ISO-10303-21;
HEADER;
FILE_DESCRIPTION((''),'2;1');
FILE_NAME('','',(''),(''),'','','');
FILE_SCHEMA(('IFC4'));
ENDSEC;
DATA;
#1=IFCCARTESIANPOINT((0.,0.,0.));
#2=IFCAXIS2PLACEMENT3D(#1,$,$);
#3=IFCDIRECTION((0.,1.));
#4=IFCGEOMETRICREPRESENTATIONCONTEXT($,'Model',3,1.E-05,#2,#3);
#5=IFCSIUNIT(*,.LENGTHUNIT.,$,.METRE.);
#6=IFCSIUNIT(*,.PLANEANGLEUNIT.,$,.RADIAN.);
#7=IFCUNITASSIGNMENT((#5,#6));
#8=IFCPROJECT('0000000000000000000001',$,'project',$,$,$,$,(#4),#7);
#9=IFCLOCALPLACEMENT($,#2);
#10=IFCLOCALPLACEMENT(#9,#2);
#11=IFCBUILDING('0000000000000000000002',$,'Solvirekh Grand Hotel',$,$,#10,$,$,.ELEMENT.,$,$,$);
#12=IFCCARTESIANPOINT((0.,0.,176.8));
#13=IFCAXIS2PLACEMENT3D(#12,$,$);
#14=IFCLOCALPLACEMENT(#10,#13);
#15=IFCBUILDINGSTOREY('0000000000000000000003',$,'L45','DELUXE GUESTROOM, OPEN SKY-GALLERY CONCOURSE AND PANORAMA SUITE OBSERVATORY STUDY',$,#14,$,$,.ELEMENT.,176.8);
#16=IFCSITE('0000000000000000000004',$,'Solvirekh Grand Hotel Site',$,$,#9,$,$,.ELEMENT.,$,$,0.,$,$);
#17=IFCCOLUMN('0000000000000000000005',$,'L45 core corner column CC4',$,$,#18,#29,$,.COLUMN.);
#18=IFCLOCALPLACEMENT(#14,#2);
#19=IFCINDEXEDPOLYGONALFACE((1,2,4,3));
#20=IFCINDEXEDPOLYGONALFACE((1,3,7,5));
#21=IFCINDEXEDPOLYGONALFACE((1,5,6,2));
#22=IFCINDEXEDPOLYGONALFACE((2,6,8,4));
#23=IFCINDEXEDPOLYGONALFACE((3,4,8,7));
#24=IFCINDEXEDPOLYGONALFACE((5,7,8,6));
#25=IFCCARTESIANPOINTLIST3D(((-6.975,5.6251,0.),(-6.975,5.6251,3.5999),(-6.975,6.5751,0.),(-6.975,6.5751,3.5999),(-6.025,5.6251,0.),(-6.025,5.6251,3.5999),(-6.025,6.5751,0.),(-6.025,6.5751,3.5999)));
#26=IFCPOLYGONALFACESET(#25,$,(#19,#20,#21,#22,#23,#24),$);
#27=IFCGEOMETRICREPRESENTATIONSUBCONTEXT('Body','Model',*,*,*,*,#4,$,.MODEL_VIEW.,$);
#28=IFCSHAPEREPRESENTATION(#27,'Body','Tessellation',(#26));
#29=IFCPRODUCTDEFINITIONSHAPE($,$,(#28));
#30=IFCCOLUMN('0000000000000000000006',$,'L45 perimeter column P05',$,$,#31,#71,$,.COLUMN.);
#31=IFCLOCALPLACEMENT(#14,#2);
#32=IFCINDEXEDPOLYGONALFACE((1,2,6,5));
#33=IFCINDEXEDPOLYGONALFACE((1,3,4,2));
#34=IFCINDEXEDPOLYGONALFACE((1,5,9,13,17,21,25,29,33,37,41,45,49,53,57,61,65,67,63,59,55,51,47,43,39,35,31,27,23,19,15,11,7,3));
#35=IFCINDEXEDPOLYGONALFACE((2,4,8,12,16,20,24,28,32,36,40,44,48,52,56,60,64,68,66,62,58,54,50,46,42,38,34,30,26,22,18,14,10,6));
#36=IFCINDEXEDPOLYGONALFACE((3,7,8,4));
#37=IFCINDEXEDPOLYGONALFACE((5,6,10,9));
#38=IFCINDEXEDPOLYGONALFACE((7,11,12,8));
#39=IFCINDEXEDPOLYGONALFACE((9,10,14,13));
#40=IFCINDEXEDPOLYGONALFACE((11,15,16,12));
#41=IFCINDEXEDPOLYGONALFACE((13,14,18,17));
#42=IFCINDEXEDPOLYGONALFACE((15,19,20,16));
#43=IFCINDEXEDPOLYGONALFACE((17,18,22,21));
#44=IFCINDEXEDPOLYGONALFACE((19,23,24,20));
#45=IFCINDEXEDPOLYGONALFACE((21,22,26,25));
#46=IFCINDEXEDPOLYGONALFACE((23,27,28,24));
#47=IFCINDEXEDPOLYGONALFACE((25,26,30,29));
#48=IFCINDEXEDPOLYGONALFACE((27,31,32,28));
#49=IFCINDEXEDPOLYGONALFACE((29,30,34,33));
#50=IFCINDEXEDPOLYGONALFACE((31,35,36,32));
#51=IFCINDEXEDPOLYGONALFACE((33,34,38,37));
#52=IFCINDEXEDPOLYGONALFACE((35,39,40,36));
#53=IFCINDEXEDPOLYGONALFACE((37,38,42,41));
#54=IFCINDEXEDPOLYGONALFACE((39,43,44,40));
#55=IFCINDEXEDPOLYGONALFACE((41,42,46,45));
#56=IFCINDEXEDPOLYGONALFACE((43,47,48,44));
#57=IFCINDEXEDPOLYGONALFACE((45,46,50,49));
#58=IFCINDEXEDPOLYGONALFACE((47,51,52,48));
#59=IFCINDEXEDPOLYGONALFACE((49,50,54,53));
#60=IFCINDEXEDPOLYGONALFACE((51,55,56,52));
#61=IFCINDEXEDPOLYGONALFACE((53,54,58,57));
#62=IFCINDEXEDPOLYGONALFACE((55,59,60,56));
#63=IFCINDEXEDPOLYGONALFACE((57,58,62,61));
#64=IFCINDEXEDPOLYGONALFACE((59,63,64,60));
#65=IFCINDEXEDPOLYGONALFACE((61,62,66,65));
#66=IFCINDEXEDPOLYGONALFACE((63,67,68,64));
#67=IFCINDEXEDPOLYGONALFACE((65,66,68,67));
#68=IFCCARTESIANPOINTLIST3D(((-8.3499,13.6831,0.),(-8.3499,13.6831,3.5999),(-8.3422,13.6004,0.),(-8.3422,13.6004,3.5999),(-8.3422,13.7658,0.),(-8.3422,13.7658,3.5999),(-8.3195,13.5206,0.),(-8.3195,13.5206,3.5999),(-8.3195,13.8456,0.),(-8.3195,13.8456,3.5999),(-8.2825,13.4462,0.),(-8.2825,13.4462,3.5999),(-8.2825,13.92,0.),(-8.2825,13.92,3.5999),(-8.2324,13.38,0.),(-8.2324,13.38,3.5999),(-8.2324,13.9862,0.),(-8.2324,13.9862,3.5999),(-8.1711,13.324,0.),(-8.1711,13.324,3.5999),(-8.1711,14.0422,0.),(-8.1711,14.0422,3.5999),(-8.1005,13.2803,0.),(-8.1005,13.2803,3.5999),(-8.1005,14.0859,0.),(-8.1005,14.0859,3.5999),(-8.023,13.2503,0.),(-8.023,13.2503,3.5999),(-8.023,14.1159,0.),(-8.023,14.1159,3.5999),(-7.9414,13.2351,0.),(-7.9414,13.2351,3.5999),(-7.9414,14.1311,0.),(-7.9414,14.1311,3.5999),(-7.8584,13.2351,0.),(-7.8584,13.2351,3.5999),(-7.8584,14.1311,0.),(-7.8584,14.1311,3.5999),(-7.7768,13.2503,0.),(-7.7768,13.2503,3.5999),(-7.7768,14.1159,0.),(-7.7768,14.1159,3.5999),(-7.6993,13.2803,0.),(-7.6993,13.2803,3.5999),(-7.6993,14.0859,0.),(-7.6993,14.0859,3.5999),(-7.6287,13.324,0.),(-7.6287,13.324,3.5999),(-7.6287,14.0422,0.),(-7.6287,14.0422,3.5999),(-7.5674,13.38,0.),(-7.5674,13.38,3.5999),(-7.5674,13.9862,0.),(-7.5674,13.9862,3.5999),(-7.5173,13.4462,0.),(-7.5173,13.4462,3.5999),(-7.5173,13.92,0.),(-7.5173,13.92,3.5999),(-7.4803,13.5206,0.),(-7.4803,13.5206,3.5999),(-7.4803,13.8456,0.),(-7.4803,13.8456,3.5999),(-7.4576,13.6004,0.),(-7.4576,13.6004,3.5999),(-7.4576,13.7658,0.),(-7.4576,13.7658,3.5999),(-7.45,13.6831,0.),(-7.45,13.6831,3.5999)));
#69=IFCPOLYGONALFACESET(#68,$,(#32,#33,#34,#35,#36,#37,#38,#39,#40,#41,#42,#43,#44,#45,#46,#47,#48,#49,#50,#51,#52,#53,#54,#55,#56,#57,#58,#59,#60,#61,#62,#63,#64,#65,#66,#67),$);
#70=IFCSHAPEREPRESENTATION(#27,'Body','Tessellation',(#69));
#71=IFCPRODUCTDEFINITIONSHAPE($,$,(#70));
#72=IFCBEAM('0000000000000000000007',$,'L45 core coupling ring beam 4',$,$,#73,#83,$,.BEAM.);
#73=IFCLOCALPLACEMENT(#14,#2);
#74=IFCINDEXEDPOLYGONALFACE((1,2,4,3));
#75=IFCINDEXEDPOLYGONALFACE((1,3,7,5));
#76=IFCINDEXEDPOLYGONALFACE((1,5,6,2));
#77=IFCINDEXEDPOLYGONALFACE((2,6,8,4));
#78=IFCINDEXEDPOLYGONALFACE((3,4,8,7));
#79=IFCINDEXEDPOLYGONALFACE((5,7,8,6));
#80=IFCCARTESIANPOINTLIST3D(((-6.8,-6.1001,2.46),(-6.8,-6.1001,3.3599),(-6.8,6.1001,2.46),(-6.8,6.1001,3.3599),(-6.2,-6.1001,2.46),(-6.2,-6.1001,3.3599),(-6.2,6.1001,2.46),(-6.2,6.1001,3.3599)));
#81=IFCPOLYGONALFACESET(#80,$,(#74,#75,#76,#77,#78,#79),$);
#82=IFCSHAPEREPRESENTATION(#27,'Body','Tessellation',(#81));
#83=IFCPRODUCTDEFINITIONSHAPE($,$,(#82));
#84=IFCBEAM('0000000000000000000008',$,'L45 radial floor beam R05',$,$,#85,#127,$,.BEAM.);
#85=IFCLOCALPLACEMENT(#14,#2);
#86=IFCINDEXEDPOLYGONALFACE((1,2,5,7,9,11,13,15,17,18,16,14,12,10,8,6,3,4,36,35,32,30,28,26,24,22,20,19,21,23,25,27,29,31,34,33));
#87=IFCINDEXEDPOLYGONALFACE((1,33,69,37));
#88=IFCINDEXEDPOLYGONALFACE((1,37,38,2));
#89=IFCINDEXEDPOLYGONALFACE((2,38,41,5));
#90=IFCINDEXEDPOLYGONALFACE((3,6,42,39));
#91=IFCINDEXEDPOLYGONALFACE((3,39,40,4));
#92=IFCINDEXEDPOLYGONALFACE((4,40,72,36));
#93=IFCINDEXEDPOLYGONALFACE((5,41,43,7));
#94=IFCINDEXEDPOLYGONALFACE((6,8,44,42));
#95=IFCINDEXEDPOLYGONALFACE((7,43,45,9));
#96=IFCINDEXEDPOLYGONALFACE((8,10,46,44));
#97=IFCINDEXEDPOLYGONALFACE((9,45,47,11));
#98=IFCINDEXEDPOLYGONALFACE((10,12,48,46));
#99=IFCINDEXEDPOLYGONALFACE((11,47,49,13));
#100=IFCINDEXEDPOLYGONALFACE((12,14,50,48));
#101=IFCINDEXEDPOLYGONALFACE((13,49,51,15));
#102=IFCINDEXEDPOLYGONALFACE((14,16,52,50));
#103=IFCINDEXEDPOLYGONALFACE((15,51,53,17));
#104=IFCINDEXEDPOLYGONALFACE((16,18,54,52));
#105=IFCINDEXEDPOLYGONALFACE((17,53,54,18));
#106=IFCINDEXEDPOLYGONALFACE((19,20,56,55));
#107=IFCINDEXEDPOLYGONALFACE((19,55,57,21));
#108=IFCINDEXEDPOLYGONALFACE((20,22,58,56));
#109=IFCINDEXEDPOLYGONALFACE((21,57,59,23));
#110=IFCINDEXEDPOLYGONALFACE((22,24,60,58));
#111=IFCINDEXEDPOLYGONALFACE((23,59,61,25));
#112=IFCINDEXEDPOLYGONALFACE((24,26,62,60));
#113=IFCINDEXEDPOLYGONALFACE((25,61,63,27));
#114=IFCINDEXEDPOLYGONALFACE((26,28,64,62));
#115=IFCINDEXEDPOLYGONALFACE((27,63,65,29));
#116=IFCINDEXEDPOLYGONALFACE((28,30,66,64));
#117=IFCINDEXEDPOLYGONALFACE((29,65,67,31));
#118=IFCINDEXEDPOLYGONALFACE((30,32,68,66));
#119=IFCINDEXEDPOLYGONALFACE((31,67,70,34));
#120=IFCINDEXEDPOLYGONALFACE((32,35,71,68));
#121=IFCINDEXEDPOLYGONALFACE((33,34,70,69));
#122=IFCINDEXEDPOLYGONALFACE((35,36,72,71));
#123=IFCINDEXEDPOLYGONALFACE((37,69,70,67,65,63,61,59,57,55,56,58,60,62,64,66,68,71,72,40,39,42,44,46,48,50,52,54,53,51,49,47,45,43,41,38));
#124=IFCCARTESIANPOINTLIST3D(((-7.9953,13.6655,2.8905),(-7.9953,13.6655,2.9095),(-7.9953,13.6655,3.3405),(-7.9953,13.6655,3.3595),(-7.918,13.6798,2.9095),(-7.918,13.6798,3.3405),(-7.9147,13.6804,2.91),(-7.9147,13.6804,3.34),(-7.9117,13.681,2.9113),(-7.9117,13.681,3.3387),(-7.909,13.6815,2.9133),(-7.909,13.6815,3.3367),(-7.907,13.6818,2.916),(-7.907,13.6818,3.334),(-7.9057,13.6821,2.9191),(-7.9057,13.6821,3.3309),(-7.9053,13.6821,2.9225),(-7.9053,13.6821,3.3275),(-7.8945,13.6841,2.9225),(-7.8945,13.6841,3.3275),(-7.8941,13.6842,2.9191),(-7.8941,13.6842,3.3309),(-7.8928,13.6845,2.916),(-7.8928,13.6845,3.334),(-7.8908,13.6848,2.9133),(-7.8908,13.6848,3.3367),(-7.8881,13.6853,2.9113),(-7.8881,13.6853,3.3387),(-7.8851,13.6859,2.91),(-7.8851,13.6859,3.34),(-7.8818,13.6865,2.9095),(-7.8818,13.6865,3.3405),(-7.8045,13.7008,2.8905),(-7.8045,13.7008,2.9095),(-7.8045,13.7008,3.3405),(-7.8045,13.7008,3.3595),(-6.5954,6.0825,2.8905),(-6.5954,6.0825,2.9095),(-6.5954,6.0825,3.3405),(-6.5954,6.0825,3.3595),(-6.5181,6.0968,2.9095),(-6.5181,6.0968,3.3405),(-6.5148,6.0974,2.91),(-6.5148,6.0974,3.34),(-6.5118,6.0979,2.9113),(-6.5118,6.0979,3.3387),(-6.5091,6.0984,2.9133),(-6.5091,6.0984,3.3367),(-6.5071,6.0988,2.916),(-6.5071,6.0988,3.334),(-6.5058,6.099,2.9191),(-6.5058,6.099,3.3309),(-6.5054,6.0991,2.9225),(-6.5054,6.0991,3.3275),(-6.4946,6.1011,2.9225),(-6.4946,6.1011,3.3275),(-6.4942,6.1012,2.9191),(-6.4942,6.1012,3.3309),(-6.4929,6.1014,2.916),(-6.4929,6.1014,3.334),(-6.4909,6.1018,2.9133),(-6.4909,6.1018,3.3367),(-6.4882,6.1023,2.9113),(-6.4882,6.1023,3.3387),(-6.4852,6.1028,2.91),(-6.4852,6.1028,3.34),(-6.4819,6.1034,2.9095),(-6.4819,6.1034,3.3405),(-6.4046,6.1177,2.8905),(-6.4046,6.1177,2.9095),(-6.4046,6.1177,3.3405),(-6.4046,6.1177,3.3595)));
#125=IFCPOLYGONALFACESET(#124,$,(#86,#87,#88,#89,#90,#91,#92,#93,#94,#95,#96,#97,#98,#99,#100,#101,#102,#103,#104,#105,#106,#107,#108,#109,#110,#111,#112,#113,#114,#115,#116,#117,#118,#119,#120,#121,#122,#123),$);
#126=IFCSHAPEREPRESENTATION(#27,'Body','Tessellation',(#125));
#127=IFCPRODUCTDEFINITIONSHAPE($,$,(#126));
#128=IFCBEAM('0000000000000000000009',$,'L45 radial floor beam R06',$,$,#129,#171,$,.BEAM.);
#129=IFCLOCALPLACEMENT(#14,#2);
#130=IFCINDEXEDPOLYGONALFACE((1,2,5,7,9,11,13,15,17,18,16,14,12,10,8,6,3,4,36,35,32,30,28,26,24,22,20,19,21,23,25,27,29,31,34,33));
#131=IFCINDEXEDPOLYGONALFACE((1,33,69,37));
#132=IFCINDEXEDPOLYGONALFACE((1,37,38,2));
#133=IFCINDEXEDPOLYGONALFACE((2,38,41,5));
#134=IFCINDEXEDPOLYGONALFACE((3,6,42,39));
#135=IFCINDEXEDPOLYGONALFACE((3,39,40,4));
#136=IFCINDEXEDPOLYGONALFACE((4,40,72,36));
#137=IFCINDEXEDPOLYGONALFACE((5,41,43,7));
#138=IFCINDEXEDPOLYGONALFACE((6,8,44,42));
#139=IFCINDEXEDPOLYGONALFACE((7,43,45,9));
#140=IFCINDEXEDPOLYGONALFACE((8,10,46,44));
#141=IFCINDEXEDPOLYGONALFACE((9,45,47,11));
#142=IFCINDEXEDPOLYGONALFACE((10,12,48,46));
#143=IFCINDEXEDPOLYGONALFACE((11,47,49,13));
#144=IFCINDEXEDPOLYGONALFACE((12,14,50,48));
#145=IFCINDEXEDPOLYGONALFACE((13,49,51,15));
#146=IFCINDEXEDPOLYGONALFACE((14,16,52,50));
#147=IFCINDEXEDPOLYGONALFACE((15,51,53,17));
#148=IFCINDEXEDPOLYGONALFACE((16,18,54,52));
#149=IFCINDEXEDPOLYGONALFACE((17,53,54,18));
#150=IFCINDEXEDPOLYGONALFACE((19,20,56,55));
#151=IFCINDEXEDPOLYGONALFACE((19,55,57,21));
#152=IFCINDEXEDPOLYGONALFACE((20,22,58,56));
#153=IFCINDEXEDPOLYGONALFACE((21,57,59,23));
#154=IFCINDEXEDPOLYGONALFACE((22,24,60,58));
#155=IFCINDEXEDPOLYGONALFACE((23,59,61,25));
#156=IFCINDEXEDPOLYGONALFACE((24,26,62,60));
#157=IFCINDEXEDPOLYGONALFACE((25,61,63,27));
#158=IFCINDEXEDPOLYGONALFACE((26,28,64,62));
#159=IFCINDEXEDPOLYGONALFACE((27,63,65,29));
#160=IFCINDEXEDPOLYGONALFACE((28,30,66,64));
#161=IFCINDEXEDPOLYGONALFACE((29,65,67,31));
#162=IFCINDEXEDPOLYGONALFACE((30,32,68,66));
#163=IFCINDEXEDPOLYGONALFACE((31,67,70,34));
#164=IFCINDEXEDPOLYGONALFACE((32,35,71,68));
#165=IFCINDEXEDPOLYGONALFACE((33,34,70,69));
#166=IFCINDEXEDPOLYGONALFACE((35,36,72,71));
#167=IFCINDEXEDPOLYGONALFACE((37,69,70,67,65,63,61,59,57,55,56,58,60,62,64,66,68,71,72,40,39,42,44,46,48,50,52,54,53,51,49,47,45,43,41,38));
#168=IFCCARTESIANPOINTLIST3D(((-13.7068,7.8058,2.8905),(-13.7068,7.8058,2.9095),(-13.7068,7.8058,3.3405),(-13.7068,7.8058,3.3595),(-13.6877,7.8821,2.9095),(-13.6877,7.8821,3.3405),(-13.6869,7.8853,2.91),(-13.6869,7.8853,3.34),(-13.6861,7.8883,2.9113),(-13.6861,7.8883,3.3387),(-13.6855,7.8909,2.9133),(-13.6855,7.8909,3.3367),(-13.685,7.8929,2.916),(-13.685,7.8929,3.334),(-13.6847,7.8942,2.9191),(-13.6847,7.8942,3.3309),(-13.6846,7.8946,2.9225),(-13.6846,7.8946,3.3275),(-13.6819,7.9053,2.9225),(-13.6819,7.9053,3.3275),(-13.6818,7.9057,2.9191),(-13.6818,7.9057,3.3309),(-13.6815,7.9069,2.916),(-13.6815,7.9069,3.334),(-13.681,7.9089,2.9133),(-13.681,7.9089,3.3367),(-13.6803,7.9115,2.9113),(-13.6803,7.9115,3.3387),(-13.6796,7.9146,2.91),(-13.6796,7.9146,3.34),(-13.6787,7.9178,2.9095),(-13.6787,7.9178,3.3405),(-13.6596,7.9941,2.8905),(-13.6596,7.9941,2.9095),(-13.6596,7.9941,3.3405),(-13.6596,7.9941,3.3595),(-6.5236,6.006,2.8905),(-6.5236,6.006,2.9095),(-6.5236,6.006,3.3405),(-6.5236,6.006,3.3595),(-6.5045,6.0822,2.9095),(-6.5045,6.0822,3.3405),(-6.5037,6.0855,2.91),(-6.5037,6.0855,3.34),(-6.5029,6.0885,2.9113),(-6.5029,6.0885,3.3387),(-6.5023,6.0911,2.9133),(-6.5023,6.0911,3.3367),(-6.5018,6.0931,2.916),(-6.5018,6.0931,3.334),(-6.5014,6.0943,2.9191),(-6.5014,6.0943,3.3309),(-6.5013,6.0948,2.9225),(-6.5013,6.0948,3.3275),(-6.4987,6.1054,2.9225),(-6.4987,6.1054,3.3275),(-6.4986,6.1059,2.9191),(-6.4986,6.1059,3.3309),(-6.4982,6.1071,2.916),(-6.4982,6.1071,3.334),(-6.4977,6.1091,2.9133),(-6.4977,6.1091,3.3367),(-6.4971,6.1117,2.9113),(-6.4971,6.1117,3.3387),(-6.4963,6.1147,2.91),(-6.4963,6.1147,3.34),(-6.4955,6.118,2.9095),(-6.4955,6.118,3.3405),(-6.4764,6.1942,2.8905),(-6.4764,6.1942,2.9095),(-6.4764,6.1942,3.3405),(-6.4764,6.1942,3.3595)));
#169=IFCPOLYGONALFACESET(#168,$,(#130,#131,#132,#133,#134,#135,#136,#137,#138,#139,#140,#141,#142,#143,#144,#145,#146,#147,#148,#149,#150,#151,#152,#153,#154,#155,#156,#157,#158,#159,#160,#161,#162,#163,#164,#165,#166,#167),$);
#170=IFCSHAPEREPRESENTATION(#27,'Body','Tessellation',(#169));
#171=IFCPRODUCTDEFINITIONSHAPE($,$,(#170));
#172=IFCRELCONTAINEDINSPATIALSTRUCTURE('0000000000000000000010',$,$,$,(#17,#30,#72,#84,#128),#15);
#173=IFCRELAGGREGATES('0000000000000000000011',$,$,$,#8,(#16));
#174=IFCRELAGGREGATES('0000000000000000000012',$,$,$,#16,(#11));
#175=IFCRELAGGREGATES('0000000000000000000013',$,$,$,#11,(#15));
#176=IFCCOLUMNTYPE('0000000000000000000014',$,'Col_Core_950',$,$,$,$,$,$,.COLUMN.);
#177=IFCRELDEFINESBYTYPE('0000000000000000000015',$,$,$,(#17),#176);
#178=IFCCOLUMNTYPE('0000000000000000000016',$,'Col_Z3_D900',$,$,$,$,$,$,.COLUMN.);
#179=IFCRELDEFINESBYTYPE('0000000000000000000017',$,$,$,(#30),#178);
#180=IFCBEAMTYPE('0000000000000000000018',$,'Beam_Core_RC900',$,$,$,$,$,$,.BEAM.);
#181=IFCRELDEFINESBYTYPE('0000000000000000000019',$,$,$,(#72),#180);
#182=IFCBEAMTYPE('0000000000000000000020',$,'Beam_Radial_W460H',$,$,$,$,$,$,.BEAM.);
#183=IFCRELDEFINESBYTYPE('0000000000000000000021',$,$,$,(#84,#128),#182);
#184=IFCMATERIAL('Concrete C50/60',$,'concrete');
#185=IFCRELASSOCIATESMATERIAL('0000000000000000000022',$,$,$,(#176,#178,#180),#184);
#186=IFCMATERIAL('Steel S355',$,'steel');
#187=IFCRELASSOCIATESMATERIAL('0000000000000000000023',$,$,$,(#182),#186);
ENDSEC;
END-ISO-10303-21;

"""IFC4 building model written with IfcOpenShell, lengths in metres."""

from ifc_helpers import new_model, si_unit, direction, frame, origin, origin_2d, place, context, subcontext, project, spatial, rectangle, circle, i_section, extrude, material, material_profile, profile_set, type_object, element, save


model = new_model("IFC4")

# Units and contexts
model_context = context("Model", 3, precision=1e-05, world=origin(), true_north=direction((0.0, 1.0)))
body_context = subcontext(model_context, "Body", "Model", "MODEL_VIEW")
ifc_project = project(units=[si_unit("LENGTHUNIT", "METRE"), si_unit("PLANEANGLEUNIT", "RADIAN")], contexts=[model_context])

# Site, building, storey
site_placement = place(None, origin())
site = spatial("IfcSite", under=ifc_project, at=site_placement, Name="Solvirekh Grand Hotel Site", CompositionType="ELEMENT", RefElevation=0.0)
building_placement = place(site_placement, origin())
building = spatial("IfcBuilding", under=site, at=building_placement, Name="Solvirekh Grand Hotel", CompositionType="ELEMENT")
storey_placement = place(building_placement, frame((0.0, 0.0, 176.8)))
storey = spatial("IfcBuildingStorey", under=building, at=storey_placement, Name="L45", Description="DELUXE GUESTROOM, OPEN SKY-GALLERY CONCOURSE AND PANORAMA SUITE OBSERVATORY STUDY", CompositionType="ELEMENT", Elevation=176.8)

# Columns
ifc_material_1 = material(Name="Concrete C50/60", Category="concrete")
ifc_material_profile_1 = material_profile(ifc_material_1, rectangle(XDim=0.95, YDim=0.95, at=origin_2d()), Name="RC 950X950")
ifc_profile_set_1 = profile_set([ifc_material_profile_1], Name="Concrete C50/60")
column_type_1 = type_object("IfcColumnType", Name="Col_Core_950", PredefinedType="COLUMN", material=ifc_profile_set_1)
column_1_placement = place(storey_placement, frame((-6.5, 6.1001, 0.0), z_axis=(0.0, 0.0, 1.0), x_axis=(1.0, 0.0, 0.0)))
element("IfcColumn", 1, at=column_1_placement, inside=storey, type_object=column_type_1, Name="L45 core corner column CC4", PredefinedType="COLUMN", context=body_context, shape_type="SweptSolid", body=[
    extrude(rectangle(XDim=0.95, YDim=0.95, at=origin_2d()), origin(), (0.0, 0.0, 1.0), 3.5999),
])
ifc_material_profile_2 = material_profile(ifc_material_1, circle(Radius=0.45, at=origin_2d()), Name="RC CIRC D900")
ifc_profile_set_2 = profile_set([ifc_material_profile_2], Name="Concrete C50/60")
column_type_2 = type_object("IfcColumnType", Name="Col_Z3_D900", PredefinedType="COLUMN", material=ifc_profile_set_2)
column_2_placement = place(storey_placement, frame((-7.8999, 13.6831, 0.0), z_axis=(0.0, 0.0, 1.0), x_axis=(1.0, 0.0, 0.0)))
element("IfcColumn", 2, at=column_2_placement, inside=storey, type_object=column_type_2, Name="L45 perimeter column P05", PredefinedType="COLUMN", context=body_context, shape_type="SweptSolid", body=[
    extrude(circle(Radius=0.45, at=origin_2d()), origin(), (0.0, 0.0, 1.0), 3.5999),
])

# Beams
ifc_material_profile_3 = material_profile(ifc_material_1, rectangle(XDim=0.6001, YDim=0.8999, at=origin_2d()), Name="RC BEAM 600X900")
ifc_profile_set_3 = profile_set([ifc_material_profile_3], Name="Concrete C50/60")
beam_type_1 = type_object("IfcBeamType", Name="Beam_Core_RC900", PredefinedType="BEAM", material=ifc_profile_set_3)
beam_1_placement = place(storey_placement, frame((-6.5, 6.1001, 2.9099), z_axis=(0.0, -1.0, 0.0), x_axis=(1.0, 0.0, 0.0)))
element("IfcBeam", 3, at=beam_1_placement, inside=storey, type_object=beam_type_1, Name="L45 core coupling ring beam 4", PredefinedType="BEAM", context=body_context, shape_type="SweptSolid", body=[
    extrude(rectangle(XDim=0.6001, YDim=0.8999, at=origin_2d()), origin(), (0.0, 0.0, 1.0), 12.2002),
])
ifc_material_2 = material(Name="Steel S355", Category="steel")
ifc_material_profile_4 = material_profile(ifc_material_2, i_section(OverallWidth=0.1941, OverallDepth=0.469, WebThickness=0.011, FlangeThickness=0.019, FilletRadius=0.0129, at=origin_2d()), Name="W460X106")
ifc_profile_set_4 = profile_set([ifc_material_profile_4], Name="Steel S355")
beam_type_2 = type_object("IfcBeamType", Name="Beam_Radial_W460H", PredefinedType="BEAM", material=ifc_profile_set_4)
beam_2_placement = place(storey_placement, frame((-6.5, 6.1001, 3.125), z_axis=(-0.181543, 0.983383, 0.0), x_axis=(-0.983383, -0.181543, 0.0)))
element("IfcBeam", 4, at=beam_2_placement, inside=storey, type_object=beam_type_2, Name="L45 radial floor beam R05", PredefinedType="BEAM", context=body_context, shape_type="SweptSolid", body=[
    extrude(i_section(OverallWidth=0.1941, OverallDepth=0.469, WebThickness=0.011, FlangeThickness=0.019, FilletRadius=0.0129, at=origin_2d()), origin(), (0.0, 0.0, 1.0), 7.7112),
])
beam_3_placement = place(storey_placement, frame((-6.5, 6.1001, 3.125), z_axis=(-0.970014, 0.243048, 0.0), x_axis=(-0.243048, -0.970014, 0.0)))
element("IfcBeam", 5, at=beam_3_placement, inside=storey, type_object=beam_type_2, Name="L45 radial floor beam R06", PredefinedType="BEAM", context=body_context, shape_type="SweptSolid", body=[
    extrude(i_section(OverallWidth=0.1941, OverallDepth=0.469, WebThickness=0.011, FlangeThickness=0.019, FilletRadius=0.0129, at=origin_2d()), origin(), (0.0, 0.0, 1.0), 7.4053),
])

save(model, "model.ifc")
